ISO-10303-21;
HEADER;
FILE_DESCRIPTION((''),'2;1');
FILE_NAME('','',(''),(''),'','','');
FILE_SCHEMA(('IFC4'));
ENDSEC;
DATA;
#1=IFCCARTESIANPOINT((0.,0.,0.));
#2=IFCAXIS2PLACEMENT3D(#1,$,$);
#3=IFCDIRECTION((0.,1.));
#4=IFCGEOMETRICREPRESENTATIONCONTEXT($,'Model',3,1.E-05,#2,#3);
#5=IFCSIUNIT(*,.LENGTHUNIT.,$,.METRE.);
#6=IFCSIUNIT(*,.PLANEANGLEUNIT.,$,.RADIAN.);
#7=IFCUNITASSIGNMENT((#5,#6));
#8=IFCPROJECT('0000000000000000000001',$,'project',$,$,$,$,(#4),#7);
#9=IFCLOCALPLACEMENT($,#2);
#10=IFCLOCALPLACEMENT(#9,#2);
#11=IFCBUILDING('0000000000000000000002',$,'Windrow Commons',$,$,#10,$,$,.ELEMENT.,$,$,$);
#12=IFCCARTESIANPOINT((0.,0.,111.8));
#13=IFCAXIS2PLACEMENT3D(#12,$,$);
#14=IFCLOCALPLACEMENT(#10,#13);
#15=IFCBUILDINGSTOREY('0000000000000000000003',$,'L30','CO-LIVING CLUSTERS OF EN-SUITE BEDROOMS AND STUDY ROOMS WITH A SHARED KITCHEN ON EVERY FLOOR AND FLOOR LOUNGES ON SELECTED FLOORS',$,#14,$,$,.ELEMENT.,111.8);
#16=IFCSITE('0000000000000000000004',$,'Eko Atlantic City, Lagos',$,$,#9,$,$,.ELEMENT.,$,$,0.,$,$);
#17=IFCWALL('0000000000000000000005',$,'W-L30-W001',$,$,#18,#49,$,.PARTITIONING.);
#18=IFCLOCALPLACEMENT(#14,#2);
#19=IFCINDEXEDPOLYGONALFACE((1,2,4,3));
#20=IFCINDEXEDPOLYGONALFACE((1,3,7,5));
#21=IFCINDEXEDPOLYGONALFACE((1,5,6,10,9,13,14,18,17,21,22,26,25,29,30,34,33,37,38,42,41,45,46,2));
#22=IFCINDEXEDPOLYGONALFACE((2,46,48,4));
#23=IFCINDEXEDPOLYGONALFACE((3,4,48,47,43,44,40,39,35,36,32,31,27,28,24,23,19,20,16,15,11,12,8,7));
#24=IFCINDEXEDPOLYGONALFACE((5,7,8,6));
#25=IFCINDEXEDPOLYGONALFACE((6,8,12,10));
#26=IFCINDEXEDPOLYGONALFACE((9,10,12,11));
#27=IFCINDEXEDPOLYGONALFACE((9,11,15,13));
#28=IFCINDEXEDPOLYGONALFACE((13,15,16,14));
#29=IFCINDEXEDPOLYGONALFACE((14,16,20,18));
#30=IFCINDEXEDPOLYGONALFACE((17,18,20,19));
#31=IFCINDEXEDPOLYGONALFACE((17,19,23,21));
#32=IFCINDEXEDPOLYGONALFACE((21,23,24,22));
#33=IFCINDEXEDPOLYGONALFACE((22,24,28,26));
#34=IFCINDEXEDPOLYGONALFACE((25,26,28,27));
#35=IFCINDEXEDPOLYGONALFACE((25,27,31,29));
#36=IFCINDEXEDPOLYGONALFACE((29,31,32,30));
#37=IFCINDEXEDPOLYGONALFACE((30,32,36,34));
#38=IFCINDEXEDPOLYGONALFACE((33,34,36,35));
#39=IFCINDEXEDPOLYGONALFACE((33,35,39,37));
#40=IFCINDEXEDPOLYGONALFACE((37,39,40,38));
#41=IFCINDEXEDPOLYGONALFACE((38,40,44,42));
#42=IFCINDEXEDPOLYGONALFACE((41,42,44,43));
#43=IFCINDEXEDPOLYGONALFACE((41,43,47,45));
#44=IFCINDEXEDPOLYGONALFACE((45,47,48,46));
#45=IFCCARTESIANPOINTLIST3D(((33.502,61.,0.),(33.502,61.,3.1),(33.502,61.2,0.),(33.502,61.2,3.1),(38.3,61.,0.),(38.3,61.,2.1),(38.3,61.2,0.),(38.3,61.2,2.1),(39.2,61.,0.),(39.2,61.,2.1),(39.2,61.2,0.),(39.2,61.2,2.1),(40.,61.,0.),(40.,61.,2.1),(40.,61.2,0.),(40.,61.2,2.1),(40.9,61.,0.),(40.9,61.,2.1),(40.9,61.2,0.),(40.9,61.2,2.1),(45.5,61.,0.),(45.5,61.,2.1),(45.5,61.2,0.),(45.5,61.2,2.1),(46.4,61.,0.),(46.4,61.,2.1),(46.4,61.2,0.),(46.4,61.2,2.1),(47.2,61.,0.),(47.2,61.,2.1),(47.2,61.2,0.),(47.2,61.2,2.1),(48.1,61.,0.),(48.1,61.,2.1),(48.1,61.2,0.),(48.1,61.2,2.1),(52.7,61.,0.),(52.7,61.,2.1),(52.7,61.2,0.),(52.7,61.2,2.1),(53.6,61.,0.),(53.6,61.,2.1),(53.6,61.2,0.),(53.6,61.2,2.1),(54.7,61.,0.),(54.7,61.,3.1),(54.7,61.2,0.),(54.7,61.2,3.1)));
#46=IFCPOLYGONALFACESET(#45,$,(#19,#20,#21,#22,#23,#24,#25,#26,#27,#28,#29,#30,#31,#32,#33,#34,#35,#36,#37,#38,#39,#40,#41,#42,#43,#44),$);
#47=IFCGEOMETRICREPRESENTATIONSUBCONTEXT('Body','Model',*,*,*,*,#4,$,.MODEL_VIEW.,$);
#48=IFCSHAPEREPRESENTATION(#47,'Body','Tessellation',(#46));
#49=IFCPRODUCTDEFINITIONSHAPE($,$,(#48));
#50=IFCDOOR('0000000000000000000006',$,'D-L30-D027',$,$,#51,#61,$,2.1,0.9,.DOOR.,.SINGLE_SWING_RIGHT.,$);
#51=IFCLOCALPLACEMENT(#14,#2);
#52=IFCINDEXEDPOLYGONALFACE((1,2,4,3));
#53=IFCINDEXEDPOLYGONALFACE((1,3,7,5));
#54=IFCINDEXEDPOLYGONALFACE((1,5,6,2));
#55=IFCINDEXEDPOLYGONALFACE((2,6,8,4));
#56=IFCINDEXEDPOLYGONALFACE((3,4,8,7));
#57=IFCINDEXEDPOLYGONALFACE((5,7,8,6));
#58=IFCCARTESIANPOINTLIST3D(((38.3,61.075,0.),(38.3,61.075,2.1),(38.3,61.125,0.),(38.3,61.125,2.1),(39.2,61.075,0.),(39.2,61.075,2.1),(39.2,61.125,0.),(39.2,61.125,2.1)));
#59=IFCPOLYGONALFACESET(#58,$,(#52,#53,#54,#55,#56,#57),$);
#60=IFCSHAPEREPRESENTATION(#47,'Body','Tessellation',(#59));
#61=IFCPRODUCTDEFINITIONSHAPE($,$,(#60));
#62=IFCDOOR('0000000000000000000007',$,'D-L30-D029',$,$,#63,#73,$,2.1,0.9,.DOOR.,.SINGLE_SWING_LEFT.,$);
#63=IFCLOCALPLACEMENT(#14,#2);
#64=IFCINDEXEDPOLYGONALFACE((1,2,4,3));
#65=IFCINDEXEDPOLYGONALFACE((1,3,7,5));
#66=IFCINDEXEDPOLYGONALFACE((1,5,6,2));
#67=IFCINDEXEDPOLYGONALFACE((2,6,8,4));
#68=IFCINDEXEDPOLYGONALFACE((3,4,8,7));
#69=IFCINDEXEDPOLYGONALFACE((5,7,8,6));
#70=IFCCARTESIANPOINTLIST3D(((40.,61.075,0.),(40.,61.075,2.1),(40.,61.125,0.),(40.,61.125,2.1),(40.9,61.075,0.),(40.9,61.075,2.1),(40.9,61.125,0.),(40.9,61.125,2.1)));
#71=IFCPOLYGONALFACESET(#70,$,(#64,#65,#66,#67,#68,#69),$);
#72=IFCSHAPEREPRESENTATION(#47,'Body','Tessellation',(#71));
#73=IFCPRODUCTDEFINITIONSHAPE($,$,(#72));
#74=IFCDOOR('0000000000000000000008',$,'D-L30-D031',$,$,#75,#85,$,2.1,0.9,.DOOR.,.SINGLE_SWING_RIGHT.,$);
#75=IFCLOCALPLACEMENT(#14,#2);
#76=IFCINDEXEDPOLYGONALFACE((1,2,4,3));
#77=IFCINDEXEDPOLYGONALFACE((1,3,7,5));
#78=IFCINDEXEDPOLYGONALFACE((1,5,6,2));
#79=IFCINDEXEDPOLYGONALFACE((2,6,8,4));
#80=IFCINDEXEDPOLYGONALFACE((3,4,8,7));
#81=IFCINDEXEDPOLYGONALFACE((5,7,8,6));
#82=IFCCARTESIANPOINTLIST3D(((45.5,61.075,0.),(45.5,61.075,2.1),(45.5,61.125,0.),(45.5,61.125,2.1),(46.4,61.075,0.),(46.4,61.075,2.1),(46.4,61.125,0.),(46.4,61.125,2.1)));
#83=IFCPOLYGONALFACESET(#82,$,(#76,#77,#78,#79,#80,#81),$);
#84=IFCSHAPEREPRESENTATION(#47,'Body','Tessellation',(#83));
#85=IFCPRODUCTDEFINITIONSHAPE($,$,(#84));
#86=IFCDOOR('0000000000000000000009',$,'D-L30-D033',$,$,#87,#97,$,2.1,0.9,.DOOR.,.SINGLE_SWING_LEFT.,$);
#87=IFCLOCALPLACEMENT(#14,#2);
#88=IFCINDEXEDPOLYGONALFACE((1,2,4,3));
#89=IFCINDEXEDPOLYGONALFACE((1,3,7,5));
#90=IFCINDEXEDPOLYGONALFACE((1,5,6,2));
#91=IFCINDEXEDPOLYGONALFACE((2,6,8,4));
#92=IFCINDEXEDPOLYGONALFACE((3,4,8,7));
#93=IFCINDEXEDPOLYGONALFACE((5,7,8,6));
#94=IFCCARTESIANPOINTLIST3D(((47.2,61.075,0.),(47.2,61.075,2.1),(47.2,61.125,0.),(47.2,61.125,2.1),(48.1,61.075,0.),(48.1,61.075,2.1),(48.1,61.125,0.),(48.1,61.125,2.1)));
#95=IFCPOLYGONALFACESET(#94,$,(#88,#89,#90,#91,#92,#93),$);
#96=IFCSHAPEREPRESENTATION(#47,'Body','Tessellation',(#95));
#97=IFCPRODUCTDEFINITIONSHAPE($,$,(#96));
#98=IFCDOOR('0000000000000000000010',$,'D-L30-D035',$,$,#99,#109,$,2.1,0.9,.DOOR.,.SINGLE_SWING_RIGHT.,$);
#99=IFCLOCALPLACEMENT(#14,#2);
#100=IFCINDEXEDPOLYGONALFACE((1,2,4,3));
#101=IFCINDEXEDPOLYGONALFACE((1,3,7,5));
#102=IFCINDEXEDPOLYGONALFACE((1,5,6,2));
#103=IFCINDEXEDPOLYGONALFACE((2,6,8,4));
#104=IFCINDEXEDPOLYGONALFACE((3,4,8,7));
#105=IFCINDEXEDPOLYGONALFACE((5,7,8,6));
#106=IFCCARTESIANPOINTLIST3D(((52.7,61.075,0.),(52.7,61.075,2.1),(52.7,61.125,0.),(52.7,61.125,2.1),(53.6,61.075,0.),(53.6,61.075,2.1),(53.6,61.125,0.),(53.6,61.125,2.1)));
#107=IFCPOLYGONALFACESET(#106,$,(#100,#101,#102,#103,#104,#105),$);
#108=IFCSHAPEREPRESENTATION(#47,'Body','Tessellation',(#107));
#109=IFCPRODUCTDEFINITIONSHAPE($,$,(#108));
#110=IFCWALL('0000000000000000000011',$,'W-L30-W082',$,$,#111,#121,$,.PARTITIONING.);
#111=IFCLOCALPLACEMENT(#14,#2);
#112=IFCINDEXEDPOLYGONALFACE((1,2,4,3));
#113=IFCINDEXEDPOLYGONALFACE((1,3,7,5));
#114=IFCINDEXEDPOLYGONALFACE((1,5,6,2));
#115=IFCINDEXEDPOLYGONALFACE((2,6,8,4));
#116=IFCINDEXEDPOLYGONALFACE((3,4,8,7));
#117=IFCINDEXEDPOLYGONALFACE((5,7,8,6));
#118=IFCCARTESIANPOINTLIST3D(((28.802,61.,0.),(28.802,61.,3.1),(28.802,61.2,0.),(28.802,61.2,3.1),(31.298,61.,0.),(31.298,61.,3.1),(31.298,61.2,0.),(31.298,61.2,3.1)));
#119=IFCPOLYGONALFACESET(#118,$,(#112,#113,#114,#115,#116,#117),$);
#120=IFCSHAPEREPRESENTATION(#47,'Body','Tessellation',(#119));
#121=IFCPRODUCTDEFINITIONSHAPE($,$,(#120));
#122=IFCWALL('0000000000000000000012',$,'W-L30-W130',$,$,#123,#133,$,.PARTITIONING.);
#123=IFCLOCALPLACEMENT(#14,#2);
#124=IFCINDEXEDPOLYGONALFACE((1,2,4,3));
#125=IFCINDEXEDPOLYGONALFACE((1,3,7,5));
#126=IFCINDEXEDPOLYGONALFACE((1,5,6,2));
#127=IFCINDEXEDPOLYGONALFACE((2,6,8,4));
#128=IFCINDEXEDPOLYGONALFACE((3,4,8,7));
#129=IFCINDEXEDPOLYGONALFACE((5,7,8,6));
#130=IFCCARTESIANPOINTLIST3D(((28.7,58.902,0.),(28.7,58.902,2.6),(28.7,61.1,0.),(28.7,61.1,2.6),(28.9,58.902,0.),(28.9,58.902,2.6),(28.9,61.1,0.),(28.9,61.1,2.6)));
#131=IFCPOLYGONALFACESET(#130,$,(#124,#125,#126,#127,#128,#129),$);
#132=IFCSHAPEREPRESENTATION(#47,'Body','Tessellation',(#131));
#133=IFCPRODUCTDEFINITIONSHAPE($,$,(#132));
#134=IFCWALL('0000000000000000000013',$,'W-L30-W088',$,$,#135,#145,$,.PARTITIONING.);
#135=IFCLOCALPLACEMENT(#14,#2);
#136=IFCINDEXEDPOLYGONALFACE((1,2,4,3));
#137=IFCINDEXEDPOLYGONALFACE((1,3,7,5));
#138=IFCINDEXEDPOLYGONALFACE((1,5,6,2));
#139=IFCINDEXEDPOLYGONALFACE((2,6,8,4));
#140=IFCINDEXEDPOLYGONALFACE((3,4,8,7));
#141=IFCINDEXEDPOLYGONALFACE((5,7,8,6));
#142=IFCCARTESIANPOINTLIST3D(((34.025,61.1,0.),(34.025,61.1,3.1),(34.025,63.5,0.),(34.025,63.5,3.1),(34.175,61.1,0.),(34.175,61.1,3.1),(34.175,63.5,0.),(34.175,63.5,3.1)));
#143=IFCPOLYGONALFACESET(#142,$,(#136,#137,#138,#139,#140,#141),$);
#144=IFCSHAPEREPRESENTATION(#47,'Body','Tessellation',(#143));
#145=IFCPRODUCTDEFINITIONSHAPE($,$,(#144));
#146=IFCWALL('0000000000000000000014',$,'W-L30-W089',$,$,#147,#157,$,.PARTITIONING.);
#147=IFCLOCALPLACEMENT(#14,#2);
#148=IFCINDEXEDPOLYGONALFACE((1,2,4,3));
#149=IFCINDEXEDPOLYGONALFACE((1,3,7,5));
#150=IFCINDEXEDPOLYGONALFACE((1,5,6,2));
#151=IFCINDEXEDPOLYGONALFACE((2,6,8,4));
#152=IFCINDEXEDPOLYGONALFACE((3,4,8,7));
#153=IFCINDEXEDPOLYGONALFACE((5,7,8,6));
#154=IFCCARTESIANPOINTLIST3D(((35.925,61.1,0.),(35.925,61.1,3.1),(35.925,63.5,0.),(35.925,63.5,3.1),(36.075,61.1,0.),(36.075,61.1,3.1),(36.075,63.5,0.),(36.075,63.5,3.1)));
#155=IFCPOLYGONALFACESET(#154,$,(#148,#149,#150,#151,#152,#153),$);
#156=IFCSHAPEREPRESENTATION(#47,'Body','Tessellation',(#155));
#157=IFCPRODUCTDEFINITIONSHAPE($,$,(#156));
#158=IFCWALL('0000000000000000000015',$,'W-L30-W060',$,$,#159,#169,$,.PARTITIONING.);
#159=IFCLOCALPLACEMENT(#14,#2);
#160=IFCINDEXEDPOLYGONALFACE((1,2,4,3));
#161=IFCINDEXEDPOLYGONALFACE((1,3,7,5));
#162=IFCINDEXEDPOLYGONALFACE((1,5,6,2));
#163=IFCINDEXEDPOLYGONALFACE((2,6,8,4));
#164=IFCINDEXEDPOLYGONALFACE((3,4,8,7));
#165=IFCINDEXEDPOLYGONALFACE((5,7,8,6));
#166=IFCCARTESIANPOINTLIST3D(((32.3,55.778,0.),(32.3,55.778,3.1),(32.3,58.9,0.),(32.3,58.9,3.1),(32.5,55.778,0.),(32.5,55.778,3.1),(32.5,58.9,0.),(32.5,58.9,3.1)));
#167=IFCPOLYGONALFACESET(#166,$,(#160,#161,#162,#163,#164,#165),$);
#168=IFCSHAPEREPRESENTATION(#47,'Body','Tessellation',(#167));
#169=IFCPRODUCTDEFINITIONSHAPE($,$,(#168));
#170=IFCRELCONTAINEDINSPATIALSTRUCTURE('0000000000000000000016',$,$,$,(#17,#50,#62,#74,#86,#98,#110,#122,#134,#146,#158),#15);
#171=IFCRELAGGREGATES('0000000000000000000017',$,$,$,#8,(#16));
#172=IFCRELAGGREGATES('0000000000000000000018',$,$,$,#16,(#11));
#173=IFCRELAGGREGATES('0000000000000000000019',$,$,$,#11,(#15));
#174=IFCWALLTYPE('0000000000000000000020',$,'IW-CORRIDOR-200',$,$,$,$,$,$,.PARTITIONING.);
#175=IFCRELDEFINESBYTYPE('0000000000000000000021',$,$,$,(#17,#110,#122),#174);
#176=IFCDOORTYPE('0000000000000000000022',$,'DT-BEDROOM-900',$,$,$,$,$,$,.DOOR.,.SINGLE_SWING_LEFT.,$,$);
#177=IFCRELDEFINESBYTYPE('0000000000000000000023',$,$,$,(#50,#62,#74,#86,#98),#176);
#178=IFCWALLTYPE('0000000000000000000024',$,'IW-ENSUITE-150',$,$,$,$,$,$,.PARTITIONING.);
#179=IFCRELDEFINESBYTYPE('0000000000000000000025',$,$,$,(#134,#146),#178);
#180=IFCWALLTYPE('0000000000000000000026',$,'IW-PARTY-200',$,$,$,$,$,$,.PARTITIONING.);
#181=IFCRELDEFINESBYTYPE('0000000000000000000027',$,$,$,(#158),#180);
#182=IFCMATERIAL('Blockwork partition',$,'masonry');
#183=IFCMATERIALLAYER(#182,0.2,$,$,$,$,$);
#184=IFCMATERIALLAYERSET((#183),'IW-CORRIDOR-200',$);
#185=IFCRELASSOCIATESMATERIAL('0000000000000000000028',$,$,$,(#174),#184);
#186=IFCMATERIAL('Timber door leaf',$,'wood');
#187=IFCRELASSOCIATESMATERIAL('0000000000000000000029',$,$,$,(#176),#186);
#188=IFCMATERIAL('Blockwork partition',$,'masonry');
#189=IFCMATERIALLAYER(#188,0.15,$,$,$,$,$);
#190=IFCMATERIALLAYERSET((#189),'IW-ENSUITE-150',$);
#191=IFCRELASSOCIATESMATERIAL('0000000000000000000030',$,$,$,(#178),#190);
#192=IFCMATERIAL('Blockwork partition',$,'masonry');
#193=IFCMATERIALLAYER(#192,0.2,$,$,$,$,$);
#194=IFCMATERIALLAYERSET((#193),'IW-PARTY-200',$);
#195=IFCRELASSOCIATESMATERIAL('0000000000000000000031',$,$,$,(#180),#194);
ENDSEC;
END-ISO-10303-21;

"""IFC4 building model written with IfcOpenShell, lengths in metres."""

from ifc_helpers import new_model, si_unit, direction, frame, frame_2d, origin, place, context, subcontext, project, spatial, rectangle, extrude, material, layer, layer_set, type_object, element, fill, save


model = new_model("IFC4")

# Units and contexts
model_context = context("Model", 3, precision=1e-05, world=origin(), true_north=direction((0.0, 1.0)))
body_context = subcontext(model_context, "Body", "Model", "MODEL_VIEW")
ifc_project = project(units=[si_unit("LENGTHUNIT", "METRE"), si_unit("PLANEANGLEUNIT", "RADIAN")], contexts=[model_context])

# Site, building, storey
site_placement = place(None, origin())
site = spatial("IfcSite", under=ifc_project, at=site_placement, Name="Eko Atlantic City, Lagos", CompositionType="ELEMENT", RefElevation=0.0)
building_placement = place(site_placement, origin())
building = spatial("IfcBuilding", under=site, at=building_placement, Name="Windrow Commons", CompositionType="ELEMENT")
storey_placement = place(building_placement, frame((0.0, 0.0, 111.8)))
storey = spatial("IfcBuildingStorey", under=building, at=storey_placement, Name="L30", Description="CO-LIVING CLUSTERS OF EN-SUITE BEDROOMS AND STUDY ROOMS WITH A SHARED KITCHEN ON EVERY FLOOR AND FLOOR LOUNGES ON SELECTED FLOORS", CompositionType="ELEMENT", Elevation=111.8)

# Wall, openings, doors
ifc_material_1 = material(Name="Blockwork partition", Category="masonry")
ifc_layer_1 = layer(ifc_material_1, 0.2)
ifc_layer_set_1 = layer_set([ifc_layer_1], Name="IW-CORRIDOR-200")
wall_type_1 = type_object("IfcWallType", Name="IW-CORRIDOR-200", PredefinedType="PARTITIONING", material=ifc_layer_set_1)
ifc_material_2 = material(Name="Timber door leaf", Category="wood")
door_type_1 = type_object("IfcDoorType", Name="DT-BEDROOM-900", OperationType="SINGLE_SWING_LEFT", PredefinedType="DOOR", material=ifc_material_2)
wall_1_placement = place(storey_placement, frame((33.502, 61.1, 0.0), z_axis=(0.0, 0.0, 1.0), x_axis=(1.0, 0.0, 0.0)))
wall_1 = element("IfcWall", 1, at=wall_1_placement, inside=storey, type_object=wall_type_1, Name="W-L30-W001", PredefinedType="PARTITIONING", context=body_context, shape_type="SweptSolid", body=[
    extrude(rectangle(XDim=21.198, YDim=0.2, at=frame_2d((10.599, 0.0))), origin(), (0.0, 0.0, 1.0), 3.1),
])
opening_1_placement = place(wall_1_placement, frame((4.798, 0.0, 0.0)))
opening_1 = element("IfcOpeningElement", 2, at=opening_1_placement, cuts=wall_1, PredefinedType="OPENING", context=body_context, shape_type="SweptSolid", body=[
    extrude(rectangle(XDim=0.9, YDim=2.1, at=frame_2d((0.45, 1.05))), frame((0.0, 0.11, 0.0), z_axis=(0.0, -1.0, 0.0), x_axis=(1.0, 0.0, 0.0)), (0.0, 0.0, 1.0), 0.22),
])
opening_2_placement = place(wall_1_placement, frame((6.498, 0.0, 0.0)))
opening_2 = element("IfcOpeningElement", 3, at=opening_2_placement, cuts=wall_1, PredefinedType="OPENING", context=body_context, shape_type="SweptSolid", body=[
    extrude(rectangle(XDim=0.9, YDim=2.1, at=frame_2d((0.45, 1.05))), frame((0.0, 0.11, 0.0), z_axis=(0.0, -1.0, 0.0), x_axis=(1.0, 0.0, 0.0)), (0.0, 0.0, 1.0), 0.22),
])
opening_3_placement = place(wall_1_placement, frame((11.998, 0.0, 0.0)))
opening_3 = element("IfcOpeningElement", 4, at=opening_3_placement, cuts=wall_1, PredefinedType="OPENING", context=body_context, shape_type="SweptSolid", body=[
    extrude(rectangle(XDim=0.9, YDim=2.1, at=frame_2d((0.45, 1.05))), frame((0.0, 0.11, 0.0), z_axis=(0.0, -1.0, 0.0), x_axis=(1.0, 0.0, 0.0)), (0.0, 0.0, 1.0), 0.22),
])
opening_4_placement = place(wall_1_placement, frame((13.698, 0.0, 0.0)))
opening_4 = element("IfcOpeningElement", 5, at=opening_4_placement, cuts=wall_1, PredefinedType="OPENING", context=body_context, shape_type="SweptSolid", body=[
    extrude(rectangle(XDim=0.9, YDim=2.1, at=frame_2d((0.45, 1.05))), frame((0.0, 0.11, 0.0), z_axis=(0.0, -1.0, 0.0), x_axis=(1.0, 0.0, 0.0)), (0.0, 0.0, 1.0), 0.22),
])
opening_5_placement = place(wall_1_placement, frame((19.198, 0.0, 0.0)))
opening_5 = element("IfcOpeningElement", 6, at=opening_5_placement, cuts=wall_1, PredefinedType="OPENING", context=body_context, shape_type="SweptSolid", body=[
    extrude(rectangle(XDim=0.9, YDim=2.1, at=frame_2d((0.45, 1.05))), frame((0.0, 0.11, 0.0), z_axis=(0.0, -1.0, 0.0), x_axis=(1.0, 0.0, 0.0)), (0.0, 0.0, 1.0), 0.22),
])
door_1_placement = place(opening_1_placement, origin())
door_1 = element("IfcDoor", 7, at=door_1_placement, inside=storey, type_object=door_type_1, Name="D-L30-D027", OperationType="SINGLE_SWING_RIGHT", OverallHeight=2.1, OverallWidth=0.9, PredefinedType="DOOR", context=body_context, shape_type="SweptSolid", body=[
    extrude(rectangle(XDim=0.9, YDim=2.1, at=frame_2d((0.45, 1.05))), frame((0.0, 0.025, 0.0), z_axis=(0.0, -1.0, 0.0), x_axis=(1.0, 0.0, 0.0)), (0.0, 0.0, 1.0), 0.05),
])
fill(opening_1, door_1)
door_2_placement = place(opening_2_placement, origin())
door_2 = element("IfcDoor", 8, at=door_2_placement, inside=storey, type_object=door_type_1, Name="D-L30-D029", OperationType="SINGLE_SWING_LEFT", OverallHeight=2.1, OverallWidth=0.9, PredefinedType="DOOR", context=body_context, shape_type="SweptSolid", body=[
    extrude(rectangle(XDim=0.9, YDim=2.1, at=frame_2d((0.45, 1.05))), frame((0.0, 0.025, 0.0), z_axis=(0.0, -1.0, 0.0), x_axis=(1.0, 0.0, 0.0)), (0.0, 0.0, 1.0), 0.05),
])
fill(opening_2, door_2)
door_3_placement = place(opening_3_placement, origin())
door_3 = element("IfcDoor", 9, at=door_3_placement, inside=storey, type_object=door_type_1, Name="D-L30-D031", OperationType="SINGLE_SWING_RIGHT", OverallHeight=2.1, OverallWidth=0.9, PredefinedType="DOOR", context=body_context, shape_type="SweptSolid", body=[
    extrude(rectangle(XDim=0.9, YDim=2.1, at=frame_2d((0.45, 1.05))), frame((0.0, 0.025, 0.0), z_axis=(0.0, -1.0, 0.0), x_axis=(1.0, 0.0, 0.0)), (0.0, 0.0, 1.0), 0.05),
])
fill(opening_3, door_3)
door_4_placement = place(opening_4_placement, origin())
door_4 = element("IfcDoor", 10, at=door_4_placement, inside=storey, type_object=door_type_1, Name="D-L30-D033", OperationType="SINGLE_SWING_LEFT", OverallHeight=2.1, OverallWidth=0.9, PredefinedType="DOOR", context=body_context, shape_type="SweptSolid", body=[
    extrude(rectangle(XDim=0.9, YDim=2.1, at=frame_2d((0.45, 1.05))), frame((0.0, 0.025, 0.0), z_axis=(0.0, -1.0, 0.0), x_axis=(1.0, 0.0, 0.0)), (0.0, 0.0, 1.0), 0.05),
])
fill(opening_4, door_4)
door_5_placement = place(opening_5_placement, origin())
door_5 = element("IfcDoor", 11, at=door_5_placement, inside=storey, type_object=door_type_1, Name="D-L30-D035", OperationType="SINGLE_SWING_RIGHT", OverallHeight=2.1, OverallWidth=0.9, PredefinedType="DOOR", context=body_context, shape_type="SweptSolid", body=[
    extrude(rectangle(XDim=0.9, YDim=2.1, at=frame_2d((0.45, 1.05))), frame((0.0, 0.025, 0.0), z_axis=(0.0, -1.0, 0.0), x_axis=(1.0, 0.0, 0.0)), (0.0, 0.0, 1.0), 0.05),
])
fill(opening_5, door_5)

# Walls
wall_2_placement = place(storey_placement, frame((28.802, 61.1, 0.0), z_axis=(0.0, 0.0, 1.0), x_axis=(1.0, 0.0, 0.0)))
element("IfcWall", 12, at=wall_2_placement, inside=storey, type_object=wall_type_1, Name="W-L30-W082", PredefinedType="PARTITIONING", context=body_context, shape_type="SweptSolid", body=[
    extrude(rectangle(XDim=2.496, YDim=0.2, at=frame_2d((1.248, 0.0))), origin(), (0.0, 0.0, 1.0), 3.1),
])
wall_3_placement = place(storey_placement, frame((28.8, 58.902, 0.0), z_axis=(0.0, 0.0, 1.0), x_axis=(0.0, 1.0, 0.0)))
element("IfcWall", 13, at=wall_3_placement, inside=storey, type_object=wall_type_1, Name="W-L30-W130", PredefinedType="PARTITIONING", context=body_context, shape_type="SweptSolid", body=[
    extrude(rectangle(XDim=2.198, YDim=0.2, at=frame_2d((1.099, 0.0))), origin(), (0.0, 0.0, 1.0), 2.6),
])
ifc_material_3 = material(Name="Blockwork partition", Category="masonry")
ifc_layer_2 = layer(ifc_material_3, 0.15)
ifc_layer_set_2 = layer_set([ifc_layer_2], Name="IW-ENSUITE-150")
wall_type_2 = type_object("IfcWallType", Name="IW-ENSUITE-150", PredefinedType="PARTITIONING", material=ifc_layer_set_2)
for number, where, z_axis, x_axis, name in (
    (14, (34.1, 61.1, 0.0), (0.0, 0.0, 1.0), (0.0, 1.0, 0.0), "W-L30-W088"),
    (15, (36.0, 61.1, 0.0), (0.0, 0.0, 1.0), (0.0, 1.0, 0.0), "W-L30-W089"),
):
    element("IfcWall", number, at=place(storey_placement, frame(where, z_axis=z_axis, x_axis=x_axis)), inside=storey, type_object=wall_type_2, Name=name, PredefinedType="PARTITIONING", context=body_context, shape_type="SweptSolid", body=[
        extrude(rectangle(XDim=2.4, YDim=0.15, at=frame_2d((1.2, 0.0))), origin(), (0.0, 0.0, 1.0), 3.1),
    ])
ifc_material_4 = material(Name="Blockwork partition", Category="masonry")
ifc_layer_3 = layer(ifc_material_4, 0.2)
ifc_layer_set_3 = layer_set([ifc_layer_3], Name="IW-PARTY-200")
wall_type_3 = type_object("IfcWallType", Name="IW-PARTY-200", PredefinedType="PARTITIONING", material=ifc_layer_set_3)
wall_4_placement = place(storey_placement, frame((32.4, 55.778, 0.0), z_axis=(0.0, 0.0, 1.0), x_axis=(0.0, 1.0, 0.0)))
element("IfcWall", 16, at=wall_4_placement, inside=storey, type_object=wall_type_3, Name="W-L30-W060", PredefinedType="PARTITIONING", context=body_context, shape_type="SweptSolid", body=[
    extrude(rectangle(XDim=3.122, YDim=0.2, at=frame_2d((1.561, 0.0))), origin(), (0.0, 0.0, 1.0), 3.1),
])

save(model, "model.ifc")
